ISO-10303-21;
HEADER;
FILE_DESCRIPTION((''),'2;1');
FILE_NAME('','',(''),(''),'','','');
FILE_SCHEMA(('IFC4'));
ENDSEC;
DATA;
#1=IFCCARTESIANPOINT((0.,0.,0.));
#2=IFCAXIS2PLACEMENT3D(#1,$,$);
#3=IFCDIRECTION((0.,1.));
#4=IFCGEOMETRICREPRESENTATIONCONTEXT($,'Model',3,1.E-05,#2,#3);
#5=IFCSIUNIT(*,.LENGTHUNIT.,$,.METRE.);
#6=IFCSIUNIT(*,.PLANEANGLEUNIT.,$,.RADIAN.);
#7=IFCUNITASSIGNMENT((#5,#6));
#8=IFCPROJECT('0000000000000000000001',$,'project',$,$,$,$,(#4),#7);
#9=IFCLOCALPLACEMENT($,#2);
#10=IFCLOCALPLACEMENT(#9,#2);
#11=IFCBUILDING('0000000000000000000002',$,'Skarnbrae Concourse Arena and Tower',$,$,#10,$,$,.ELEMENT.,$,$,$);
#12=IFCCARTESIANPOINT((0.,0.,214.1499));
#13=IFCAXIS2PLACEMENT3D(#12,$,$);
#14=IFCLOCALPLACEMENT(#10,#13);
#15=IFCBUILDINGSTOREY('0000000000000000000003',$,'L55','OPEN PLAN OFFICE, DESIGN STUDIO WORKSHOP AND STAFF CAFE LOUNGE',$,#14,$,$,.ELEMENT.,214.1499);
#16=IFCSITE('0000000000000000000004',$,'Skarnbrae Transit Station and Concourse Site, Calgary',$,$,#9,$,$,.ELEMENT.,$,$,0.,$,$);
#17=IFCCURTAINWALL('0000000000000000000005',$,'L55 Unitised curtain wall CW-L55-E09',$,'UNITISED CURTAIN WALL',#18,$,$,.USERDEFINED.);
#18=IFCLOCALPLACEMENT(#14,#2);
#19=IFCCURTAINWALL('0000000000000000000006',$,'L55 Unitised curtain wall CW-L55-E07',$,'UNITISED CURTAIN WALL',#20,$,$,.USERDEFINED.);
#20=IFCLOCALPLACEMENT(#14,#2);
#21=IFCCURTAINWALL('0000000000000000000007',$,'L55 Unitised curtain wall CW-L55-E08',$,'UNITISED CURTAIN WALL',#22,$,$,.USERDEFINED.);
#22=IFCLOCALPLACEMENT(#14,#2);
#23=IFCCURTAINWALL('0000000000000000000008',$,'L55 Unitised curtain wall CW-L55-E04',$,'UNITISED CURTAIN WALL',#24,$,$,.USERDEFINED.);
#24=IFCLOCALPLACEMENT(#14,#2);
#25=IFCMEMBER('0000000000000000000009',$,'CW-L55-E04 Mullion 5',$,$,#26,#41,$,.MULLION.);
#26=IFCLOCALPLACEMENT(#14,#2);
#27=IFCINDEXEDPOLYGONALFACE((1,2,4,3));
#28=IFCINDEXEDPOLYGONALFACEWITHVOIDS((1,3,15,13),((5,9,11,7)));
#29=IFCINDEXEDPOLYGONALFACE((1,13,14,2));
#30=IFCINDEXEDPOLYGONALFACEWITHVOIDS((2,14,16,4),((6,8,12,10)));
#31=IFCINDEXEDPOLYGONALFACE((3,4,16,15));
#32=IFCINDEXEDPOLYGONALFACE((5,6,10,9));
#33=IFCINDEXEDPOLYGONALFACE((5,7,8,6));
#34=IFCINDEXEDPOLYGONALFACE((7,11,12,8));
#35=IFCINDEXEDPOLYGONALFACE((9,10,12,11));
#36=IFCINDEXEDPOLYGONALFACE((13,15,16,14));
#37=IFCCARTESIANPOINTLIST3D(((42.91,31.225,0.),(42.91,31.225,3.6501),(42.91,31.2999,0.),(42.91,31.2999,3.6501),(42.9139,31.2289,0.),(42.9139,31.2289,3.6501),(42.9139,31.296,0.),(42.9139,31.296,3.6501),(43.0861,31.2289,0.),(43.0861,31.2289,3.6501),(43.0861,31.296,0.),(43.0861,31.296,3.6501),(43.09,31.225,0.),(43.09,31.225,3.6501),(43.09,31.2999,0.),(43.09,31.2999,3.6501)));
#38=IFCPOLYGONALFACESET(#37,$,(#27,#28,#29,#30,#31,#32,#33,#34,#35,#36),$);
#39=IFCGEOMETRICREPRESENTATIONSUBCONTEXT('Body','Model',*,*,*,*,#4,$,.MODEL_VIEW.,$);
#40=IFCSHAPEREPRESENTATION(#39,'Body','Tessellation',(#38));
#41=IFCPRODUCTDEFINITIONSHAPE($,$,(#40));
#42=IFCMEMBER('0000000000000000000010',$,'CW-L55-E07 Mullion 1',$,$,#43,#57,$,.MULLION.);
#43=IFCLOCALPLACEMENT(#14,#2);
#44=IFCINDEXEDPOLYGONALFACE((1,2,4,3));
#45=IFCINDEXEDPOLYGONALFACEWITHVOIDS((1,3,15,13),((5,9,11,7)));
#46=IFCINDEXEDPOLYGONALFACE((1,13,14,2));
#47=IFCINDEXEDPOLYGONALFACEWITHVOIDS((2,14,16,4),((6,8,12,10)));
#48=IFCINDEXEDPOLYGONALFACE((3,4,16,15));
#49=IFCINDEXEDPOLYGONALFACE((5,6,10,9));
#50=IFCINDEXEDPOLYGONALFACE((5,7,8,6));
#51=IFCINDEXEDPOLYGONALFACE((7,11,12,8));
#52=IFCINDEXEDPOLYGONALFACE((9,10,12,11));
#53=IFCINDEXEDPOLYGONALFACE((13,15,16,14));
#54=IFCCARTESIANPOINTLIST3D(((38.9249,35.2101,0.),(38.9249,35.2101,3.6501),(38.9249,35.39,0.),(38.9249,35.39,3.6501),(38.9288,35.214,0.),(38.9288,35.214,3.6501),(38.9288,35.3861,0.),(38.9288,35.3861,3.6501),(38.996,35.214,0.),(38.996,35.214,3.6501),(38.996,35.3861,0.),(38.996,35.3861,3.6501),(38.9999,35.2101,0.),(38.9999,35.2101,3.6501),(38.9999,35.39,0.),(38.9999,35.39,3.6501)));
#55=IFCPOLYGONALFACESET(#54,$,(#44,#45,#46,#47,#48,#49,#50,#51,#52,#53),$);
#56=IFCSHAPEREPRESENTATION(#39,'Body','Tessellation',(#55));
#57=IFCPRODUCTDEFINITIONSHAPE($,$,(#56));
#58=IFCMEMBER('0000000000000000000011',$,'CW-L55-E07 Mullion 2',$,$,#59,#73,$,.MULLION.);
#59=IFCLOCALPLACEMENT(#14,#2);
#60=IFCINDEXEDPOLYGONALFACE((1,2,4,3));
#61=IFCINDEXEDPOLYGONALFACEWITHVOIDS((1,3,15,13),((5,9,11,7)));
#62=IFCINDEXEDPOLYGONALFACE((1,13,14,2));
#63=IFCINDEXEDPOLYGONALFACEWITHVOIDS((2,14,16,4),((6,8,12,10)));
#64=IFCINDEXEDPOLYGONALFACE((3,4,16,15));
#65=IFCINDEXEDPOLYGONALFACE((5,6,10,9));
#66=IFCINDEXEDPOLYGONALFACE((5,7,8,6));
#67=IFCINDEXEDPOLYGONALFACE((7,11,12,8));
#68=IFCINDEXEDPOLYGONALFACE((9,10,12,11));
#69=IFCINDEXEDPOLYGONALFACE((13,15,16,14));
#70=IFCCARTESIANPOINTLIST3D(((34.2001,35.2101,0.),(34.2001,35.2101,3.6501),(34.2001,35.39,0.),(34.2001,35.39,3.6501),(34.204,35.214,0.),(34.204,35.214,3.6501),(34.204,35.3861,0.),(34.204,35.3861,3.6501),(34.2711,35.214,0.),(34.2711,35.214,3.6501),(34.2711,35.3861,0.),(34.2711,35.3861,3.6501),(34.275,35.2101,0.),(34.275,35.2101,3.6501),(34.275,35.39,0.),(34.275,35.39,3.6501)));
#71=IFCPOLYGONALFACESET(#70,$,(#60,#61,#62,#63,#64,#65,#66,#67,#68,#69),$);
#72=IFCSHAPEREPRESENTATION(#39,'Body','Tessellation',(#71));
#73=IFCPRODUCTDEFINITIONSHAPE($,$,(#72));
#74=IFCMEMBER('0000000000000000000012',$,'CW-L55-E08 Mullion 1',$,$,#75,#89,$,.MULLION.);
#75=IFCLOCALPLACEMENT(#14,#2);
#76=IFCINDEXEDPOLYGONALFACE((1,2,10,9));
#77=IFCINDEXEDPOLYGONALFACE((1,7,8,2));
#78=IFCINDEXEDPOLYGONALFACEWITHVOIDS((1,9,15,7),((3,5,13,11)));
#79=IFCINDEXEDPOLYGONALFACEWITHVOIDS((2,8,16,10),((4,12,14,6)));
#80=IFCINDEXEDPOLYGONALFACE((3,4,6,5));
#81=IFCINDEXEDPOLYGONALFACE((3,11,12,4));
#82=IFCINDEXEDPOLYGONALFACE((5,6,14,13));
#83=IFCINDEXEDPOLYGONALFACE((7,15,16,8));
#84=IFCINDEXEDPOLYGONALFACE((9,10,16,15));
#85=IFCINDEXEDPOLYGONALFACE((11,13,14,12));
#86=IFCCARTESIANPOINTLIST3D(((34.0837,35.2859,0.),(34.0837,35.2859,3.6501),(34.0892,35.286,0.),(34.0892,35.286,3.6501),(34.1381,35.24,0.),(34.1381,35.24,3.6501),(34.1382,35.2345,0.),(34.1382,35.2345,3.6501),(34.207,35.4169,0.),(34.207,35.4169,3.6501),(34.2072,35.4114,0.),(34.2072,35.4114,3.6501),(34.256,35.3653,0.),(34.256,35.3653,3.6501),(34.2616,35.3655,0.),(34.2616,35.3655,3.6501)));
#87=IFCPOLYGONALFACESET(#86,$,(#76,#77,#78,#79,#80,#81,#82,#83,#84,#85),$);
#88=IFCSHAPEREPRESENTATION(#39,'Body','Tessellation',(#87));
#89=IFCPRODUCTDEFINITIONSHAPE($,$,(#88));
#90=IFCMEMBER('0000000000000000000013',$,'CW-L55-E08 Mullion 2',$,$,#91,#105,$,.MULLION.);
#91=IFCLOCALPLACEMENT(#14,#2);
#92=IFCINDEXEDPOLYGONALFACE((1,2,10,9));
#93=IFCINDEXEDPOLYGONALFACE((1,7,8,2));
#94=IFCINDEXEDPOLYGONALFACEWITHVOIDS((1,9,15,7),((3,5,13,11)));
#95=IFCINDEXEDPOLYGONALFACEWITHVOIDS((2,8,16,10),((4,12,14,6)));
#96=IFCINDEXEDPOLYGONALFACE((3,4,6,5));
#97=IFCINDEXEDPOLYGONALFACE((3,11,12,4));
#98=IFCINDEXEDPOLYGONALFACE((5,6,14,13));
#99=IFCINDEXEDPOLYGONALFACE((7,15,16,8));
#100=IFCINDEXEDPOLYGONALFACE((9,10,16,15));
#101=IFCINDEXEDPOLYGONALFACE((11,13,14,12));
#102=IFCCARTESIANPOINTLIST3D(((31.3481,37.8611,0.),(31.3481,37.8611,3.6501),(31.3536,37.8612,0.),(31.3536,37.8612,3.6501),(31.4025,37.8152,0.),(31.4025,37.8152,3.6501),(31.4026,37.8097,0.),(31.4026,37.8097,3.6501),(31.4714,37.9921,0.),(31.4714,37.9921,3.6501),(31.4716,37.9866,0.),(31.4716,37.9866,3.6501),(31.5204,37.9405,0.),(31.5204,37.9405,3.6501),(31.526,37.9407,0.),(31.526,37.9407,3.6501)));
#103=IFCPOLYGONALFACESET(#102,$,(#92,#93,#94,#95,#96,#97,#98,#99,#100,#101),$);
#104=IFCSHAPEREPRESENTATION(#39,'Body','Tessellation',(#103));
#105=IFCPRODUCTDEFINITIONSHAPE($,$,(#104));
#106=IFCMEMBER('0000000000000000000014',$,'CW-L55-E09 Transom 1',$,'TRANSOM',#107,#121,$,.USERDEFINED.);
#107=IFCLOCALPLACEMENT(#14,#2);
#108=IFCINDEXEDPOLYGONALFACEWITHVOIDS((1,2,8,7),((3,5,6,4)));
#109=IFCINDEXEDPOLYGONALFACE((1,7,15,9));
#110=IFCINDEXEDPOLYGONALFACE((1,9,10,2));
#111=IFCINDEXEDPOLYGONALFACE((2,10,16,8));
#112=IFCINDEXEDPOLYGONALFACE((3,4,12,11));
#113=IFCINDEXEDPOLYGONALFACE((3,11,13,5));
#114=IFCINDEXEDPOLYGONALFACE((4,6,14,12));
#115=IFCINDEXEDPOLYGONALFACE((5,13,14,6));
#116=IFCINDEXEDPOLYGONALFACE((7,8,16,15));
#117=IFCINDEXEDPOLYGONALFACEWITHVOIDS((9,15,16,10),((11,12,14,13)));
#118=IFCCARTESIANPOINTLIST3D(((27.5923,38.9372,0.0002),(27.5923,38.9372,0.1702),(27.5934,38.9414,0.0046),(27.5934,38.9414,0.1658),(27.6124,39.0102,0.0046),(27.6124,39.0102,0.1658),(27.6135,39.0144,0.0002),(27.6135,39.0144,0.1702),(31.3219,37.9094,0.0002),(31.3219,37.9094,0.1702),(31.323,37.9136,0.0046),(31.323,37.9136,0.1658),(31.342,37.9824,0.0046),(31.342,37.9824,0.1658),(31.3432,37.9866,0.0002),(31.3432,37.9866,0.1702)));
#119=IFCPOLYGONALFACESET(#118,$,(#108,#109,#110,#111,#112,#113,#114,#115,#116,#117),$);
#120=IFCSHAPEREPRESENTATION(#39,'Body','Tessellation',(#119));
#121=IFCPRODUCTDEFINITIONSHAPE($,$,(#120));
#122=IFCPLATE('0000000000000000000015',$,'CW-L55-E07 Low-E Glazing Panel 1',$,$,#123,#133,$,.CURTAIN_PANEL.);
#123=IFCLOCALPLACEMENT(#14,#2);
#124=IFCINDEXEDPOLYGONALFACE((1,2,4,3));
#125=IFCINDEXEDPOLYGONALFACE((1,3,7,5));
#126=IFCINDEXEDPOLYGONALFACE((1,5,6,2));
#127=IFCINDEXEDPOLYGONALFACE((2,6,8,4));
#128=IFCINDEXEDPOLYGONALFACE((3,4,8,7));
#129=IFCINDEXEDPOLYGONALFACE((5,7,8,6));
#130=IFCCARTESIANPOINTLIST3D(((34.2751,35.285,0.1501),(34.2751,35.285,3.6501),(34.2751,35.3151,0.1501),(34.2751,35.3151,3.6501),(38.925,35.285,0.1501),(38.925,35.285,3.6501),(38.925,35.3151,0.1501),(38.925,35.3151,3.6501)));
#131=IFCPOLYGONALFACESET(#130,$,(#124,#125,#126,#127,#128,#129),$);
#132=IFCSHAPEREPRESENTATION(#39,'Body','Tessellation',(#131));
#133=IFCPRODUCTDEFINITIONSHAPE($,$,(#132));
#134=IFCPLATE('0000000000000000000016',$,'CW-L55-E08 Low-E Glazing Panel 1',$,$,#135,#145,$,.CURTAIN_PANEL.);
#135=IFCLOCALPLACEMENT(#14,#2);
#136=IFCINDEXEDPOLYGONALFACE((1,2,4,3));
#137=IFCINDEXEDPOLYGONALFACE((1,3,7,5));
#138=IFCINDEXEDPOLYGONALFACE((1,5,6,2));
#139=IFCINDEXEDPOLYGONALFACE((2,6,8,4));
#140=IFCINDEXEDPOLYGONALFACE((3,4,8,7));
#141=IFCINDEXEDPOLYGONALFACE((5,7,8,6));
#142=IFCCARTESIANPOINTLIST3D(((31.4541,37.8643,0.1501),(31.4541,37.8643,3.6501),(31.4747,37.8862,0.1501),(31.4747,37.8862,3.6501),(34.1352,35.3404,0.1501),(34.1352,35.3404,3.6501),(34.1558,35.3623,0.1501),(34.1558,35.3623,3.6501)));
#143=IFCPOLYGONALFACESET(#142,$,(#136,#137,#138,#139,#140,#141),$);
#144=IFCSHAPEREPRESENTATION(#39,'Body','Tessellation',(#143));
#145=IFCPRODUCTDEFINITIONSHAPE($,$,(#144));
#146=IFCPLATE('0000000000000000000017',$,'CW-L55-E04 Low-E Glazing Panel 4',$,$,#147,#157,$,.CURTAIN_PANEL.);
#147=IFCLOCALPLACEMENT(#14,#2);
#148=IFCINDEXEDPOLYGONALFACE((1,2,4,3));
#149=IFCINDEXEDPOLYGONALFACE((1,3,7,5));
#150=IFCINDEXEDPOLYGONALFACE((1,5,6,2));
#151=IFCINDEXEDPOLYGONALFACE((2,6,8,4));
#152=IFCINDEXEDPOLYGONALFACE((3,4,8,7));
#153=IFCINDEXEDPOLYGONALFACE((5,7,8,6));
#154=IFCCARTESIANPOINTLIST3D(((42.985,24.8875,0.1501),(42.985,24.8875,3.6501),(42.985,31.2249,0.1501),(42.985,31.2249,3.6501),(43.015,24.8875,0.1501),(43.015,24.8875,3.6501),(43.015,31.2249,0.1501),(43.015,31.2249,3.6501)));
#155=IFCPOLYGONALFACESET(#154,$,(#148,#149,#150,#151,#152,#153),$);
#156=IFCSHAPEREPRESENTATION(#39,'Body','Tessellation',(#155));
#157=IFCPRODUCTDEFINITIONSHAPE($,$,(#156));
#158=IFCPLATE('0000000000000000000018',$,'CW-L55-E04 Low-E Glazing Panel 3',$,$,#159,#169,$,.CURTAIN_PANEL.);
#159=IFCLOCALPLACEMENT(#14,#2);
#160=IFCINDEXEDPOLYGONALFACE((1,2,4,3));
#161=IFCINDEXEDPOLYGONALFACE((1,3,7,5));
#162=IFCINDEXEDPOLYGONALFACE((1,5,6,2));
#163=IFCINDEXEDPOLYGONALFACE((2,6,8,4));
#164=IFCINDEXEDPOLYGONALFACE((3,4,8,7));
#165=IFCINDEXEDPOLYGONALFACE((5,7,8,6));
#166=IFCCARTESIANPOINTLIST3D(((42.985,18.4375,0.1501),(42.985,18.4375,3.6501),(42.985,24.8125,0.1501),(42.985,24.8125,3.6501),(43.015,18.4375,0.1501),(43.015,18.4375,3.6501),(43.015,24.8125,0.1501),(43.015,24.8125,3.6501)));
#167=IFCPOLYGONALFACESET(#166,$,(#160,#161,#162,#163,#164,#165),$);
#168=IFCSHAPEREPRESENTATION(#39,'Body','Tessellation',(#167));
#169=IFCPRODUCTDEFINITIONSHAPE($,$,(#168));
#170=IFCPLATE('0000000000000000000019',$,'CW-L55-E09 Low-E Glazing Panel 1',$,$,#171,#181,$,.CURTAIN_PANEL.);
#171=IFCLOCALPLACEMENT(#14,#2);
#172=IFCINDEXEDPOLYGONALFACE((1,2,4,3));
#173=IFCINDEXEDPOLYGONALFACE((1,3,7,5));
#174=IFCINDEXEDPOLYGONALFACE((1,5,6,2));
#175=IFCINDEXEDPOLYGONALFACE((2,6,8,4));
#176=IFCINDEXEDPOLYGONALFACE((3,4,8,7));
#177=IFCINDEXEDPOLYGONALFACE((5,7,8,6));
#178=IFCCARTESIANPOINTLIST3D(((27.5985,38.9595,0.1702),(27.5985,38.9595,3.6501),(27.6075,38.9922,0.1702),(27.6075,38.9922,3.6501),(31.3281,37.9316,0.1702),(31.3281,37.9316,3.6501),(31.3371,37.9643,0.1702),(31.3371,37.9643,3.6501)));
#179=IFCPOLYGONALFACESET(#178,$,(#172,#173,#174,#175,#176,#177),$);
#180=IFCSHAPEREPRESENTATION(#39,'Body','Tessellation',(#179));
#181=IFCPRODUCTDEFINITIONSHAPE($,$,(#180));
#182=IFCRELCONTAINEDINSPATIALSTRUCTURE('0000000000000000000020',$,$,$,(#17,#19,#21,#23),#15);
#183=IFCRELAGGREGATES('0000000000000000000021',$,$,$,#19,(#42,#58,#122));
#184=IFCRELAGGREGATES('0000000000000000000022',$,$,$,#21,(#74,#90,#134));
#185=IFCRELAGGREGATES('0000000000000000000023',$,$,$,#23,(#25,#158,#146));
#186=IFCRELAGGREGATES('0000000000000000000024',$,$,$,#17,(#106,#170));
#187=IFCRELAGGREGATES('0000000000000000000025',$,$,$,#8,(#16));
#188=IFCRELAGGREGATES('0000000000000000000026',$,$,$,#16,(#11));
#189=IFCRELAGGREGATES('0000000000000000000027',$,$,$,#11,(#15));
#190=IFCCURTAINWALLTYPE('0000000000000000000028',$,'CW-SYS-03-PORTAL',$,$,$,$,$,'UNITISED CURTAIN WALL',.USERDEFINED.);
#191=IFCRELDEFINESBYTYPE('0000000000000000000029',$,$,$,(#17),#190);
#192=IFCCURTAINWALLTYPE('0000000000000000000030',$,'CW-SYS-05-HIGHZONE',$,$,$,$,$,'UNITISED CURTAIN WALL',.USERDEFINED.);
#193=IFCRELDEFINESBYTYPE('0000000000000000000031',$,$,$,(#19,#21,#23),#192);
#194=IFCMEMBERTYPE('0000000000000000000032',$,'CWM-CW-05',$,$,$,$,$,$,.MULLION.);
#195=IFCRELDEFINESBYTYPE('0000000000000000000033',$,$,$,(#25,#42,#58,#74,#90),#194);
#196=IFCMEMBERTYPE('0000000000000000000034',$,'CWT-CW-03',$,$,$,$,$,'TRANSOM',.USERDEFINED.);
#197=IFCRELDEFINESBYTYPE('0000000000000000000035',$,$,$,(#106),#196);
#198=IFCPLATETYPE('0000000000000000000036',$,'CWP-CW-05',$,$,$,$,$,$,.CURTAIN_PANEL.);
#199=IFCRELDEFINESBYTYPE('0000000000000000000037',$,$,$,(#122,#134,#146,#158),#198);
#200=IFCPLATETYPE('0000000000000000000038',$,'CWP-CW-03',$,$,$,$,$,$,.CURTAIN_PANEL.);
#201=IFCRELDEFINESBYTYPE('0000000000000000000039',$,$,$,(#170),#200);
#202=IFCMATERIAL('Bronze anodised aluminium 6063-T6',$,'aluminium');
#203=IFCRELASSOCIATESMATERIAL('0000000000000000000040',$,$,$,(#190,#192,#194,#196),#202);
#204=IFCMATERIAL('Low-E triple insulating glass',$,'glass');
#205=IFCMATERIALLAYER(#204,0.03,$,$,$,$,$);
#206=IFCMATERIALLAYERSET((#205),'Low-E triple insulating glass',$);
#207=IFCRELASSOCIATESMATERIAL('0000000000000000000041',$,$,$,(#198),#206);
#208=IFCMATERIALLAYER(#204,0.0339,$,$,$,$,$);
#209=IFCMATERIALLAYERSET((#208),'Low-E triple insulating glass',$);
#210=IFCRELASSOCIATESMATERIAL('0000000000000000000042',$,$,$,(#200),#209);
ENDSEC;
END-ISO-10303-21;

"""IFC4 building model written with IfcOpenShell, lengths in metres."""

from ifc_helpers import new_model, si_unit, direction, frame, origin, origin_2d, place, context, subcontext, project, spatial, rectangle, hollow_rectangle, extrude, source, transform, mapped, material, layer, layer_set, material_profile, profile_set, type_object, element, aggregate, save


model = new_model("IFC4")

# Units and contexts
model_context = context("Model", 3, precision=1e-05, world=origin(), true_north=direction((0.0, 1.0)))
body_context = subcontext(model_context, "Body", "Model", "MODEL_VIEW")
ifc_project = project(units=[si_unit("LENGTHUNIT", "METRE"), si_unit("PLANEANGLEUNIT", "RADIAN")], contexts=[model_context])

# Site, building, storey
site_placement = place(None, origin())
site = spatial("IfcSite", under=ifc_project, at=site_placement, Name="Skarnbrae Transit Station and Concourse Site, Calgary", CompositionType="ELEMENT", RefElevation=0.0)
building_placement = place(site_placement, origin())
building = spatial("IfcBuilding", under=site, at=building_placement, Name="Skarnbrae Concourse Arena and Tower", CompositionType="ELEMENT")
storey_placement = place(building_placement, frame((0.0, 0.0, 214.1499)))
storey = spatial("IfcBuildingStorey", under=building, at=storey_placement, Name="L55", Description="OPEN PLAN OFFICE, DESIGN STUDIO WORKSHOP AND STAFF CAFE LOUNGE", CompositionType="ELEMENT", Elevation=214.1499)

# Curtain walls
ifc_material_1 = material(Name="Bronze anodised aluminium 6063-T6", Category="aluminium")
curtain_wall_type_1 = type_object("IfcCurtainWallType", Name="CW-SYS-03-PORTAL", ElementType="UNITISED CURTAIN WALL", PredefinedType="USERDEFINED", material=ifc_material_1)
curtain_wall_1_placement = place(storey_placement, origin())
curtain_wall_1 = element("IfcCurtainWall", 1, at=curtain_wall_1_placement, inside=storey, type_object=curtain_wall_type_1, Name="L55 Unitised curtain wall CW-L55-E09", ObjectType="UNITISED CURTAIN WALL", PredefinedType="USERDEFINED")
curtain_wall_type_2 = type_object("IfcCurtainWallType", Name="CW-SYS-05-HIGHZONE", ElementType="UNITISED CURTAIN WALL", PredefinedType="USERDEFINED", material=ifc_material_1)
curtain_wall_2_placement = place(storey_placement, origin())
curtain_wall_2 = element("IfcCurtainWall", 2, at=curtain_wall_2_placement, inside=storey, type_object=curtain_wall_type_2, Name="L55 Unitised curtain wall CW-L55-E07", ObjectType="UNITISED CURTAIN WALL", PredefinedType="USERDEFINED")
curtain_wall_3_placement = place(storey_placement, origin())
curtain_wall_3 = element("IfcCurtainWall", 3, at=curtain_wall_3_placement, inside=storey, type_object=curtain_wall_type_2, Name="L55 Unitised curtain wall CW-L55-E08", ObjectType="UNITISED CURTAIN WALL", PredefinedType="USERDEFINED")

# Curtain wall, member
curtain_wall_4_placement = place(storey_placement, origin())
curtain_wall_4 = element("IfcCurtainWall", 4, at=curtain_wall_4_placement, inside=storey, type_object=curtain_wall_type_2, Name="L55 Unitised curtain wall CW-L55-E04", ObjectType="UNITISED CURTAIN WALL", PredefinedType="USERDEFINED")
ifc_material_profile_1 = material_profile(ifc_material_1, hollow_rectangle(XDim=0.075, YDim=0.1799, WallThickness=0.0039, at=origin_2d()), Name="ALU-MULL-75X180")
ifc_profile_set_1 = profile_set([ifc_material_profile_1], Name="Bronze anodised aluminium 6063-T6")
member_type_1 = type_object("IfcMemberType", Name="CWM-CW-05", PredefinedType="MULLION", material=ifc_profile_set_1)
shared_shape_1 = source(origin(), body_context, "Body", "SweptSolid", [
    extrude(hollow_rectangle(XDim=0.075, YDim=0.1799, WallThickness=0.0039, at=origin_2d()), origin(), (0.0, 0.0, 1.0), 3.6501),
])
member_1_placement = place(storey_placement, frame((43.0, 31.2625, 0.0), z_axis=(0.0, 0.0, 1.0), x_axis=(0.0, 1.0, 0.0)))
member_1 = element("IfcMember", 5, at=member_1_placement, type_object=member_type_1, Name="CW-L55-E04 Mullion 5", PredefinedType="MULLION", context=body_context, shape_type="MappedRepresentation", body=[
    mapped(shared_shape_1, transform((0.0, 0.0, 0.0))),
])

# Members
member_2_placement = place(storey_placement, frame((38.9624, 35.3, 0.0), z_axis=(0.0, 0.0, 1.0), x_axis=(-1.0, 0.0, 0.0)))
member_2 = element("IfcMember", 6, at=member_2_placement, type_object=member_type_1, Name="CW-L55-E07 Mullion 1", PredefinedType="MULLION", context=body_context, shape_type="MappedRepresentation", body=[
    mapped(shared_shape_1, transform((0.0, 0.0, 0.0))),
])
member_3_placement = place(storey_placement, frame((34.2375, 35.3, 0.0), z_axis=(0.0, 0.0, 1.0), x_axis=(-1.0, 0.0, 0.0)))
member_3 = element("IfcMember", 7, at=member_3_placement, type_object=member_type_1, Name="CW-L55-E07 Mullion 2", PredefinedType="MULLION", context=body_context, shape_type="MappedRepresentation", body=[
    mapped(shared_shape_1, transform((0.0, 0.0, 0.0))),
])
member_4_placement = place(storey_placement, frame((34.1726, 35.3257, 0.0), z_axis=(0.0, 0.0, 1.0), x_axis=(-0.728131, 0.685438, 0.0)))
member_4 = element("IfcMember", 8, at=member_4_placement, type_object=member_type_1, Name="CW-L55-E08 Mullion 1", PredefinedType="MULLION", context=body_context, shape_type="MappedRepresentation", body=[
    mapped(shared_shape_1, transform((0.0, 0.0, 0.0))),
])
member_5_placement = place(storey_placement, frame((31.437, 37.9009, 0.0), z_axis=(0.0, 0.0, 1.0), x_axis=(-0.728131, 0.685438, 0.0)))
member_5 = element("IfcMember", 9, at=member_5_placement, type_object=member_type_1, Name="CW-L55-E08 Mullion 2", PredefinedType="MULLION", context=body_context, shape_type="MappedRepresentation", body=[
    mapped(shared_shape_1, transform((0.0, 0.0, 0.0))),
])
ifc_material_profile_2 = material_profile(ifc_material_1, hollow_rectangle(XDim=0.0801, YDim=0.1699, WallThickness=0.0044, at=origin_2d()), Name="ALU-TRAN-80X170")
ifc_profile_set_2 = profile_set([ifc_material_profile_2], Name="Bronze anodised aluminium 6063-T6")
member_type_2 = type_object("IfcMemberType", Name="CWT-CW-03", ElementType="TRANSOM", PredefinedType="USERDEFINED", material=ifc_profile_set_2)
shared_shape_2 = source(origin(), body_context, "Body", "SweptSolid", [
    extrude(hollow_rectangle(XDim=0.0801, YDim=0.1699, WallThickness=0.0044, at=origin_2d()), origin(), (0.0, 0.0, 1.0), 3.8687),
])
member_6_placement = place(storey_placement, frame((31.3325, 37.948, 0.0852), z_axis=(-0.964063, 0.265674, 0.0), x_axis=(-0.265674, -0.964063, 0.0)))
member_6 = element("IfcMember", 10, at=member_6_placement, type_object=member_type_2, Name="CW-L55-E09 Transom 1", ObjectType="TRANSOM", PredefinedType="USERDEFINED", context=body_context, shape_type="MappedRepresentation", body=[
    mapped(shared_shape_2, transform((0.0, 0.0, 0.0))),
])

# Plates
ifc_material_2 = material(Name="Low-E triple insulating glass", Category="glass")
ifc_layer_1 = layer(ifc_material_2, 0.03)
ifc_layer_set_1 = layer_set([ifc_layer_1], Name="Low-E triple insulating glass")
plate_type_1 = type_object("IfcPlateType", Name="CWP-CW-05", PredefinedType="CURTAIN_PANEL", material=ifc_layer_set_1)
shared_shape_3 = source(origin(), body_context, "Body", "SweptSolid", [
    extrude(rectangle(XDim=4.6499, YDim=0.03, at=origin_2d()), origin(), (0.0, 0.0, 1.0), 3.5),
])
plate_1_placement = place(storey_placement, frame((36.6001, 35.3, 0.1501), z_axis=(0.0, 0.0, 1.0), x_axis=(-1.0, 0.0, 0.0)))
plate_1 = element("IfcPlate", 11, at=plate_1_placement, type_object=plate_type_1, Name="CW-L55-E07 Low-E Glazing Panel 1", PredefinedType="CURTAIN_PANEL", context=body_context, shape_type="MappedRepresentation", body=[
    mapped(shared_shape_3, transform((0.0, 0.0, 0.0))),
])
aggregate(curtain_wall_2, [member_2, member_3, plate_1])
shared_shape_4 = source(origin(), body_context, "Body", "SweptSolid", [
    extrude(rectangle(XDim=3.6821, YDim=0.03, at=origin_2d()), origin(), (0.0, 0.0, 1.0), 3.5),
])
plate_2_placement = place(storey_placement, frame((32.8049, 36.6133, 0.1501), z_axis=(0.0, 0.0, 1.0), x_axis=(-0.728131, 0.685438, 0.0)))
plate_2 = element("IfcPlate", 12, at=plate_2_placement, type_object=plate_type_1, Name="CW-L55-E08 Low-E Glazing Panel 1", PredefinedType="CURTAIN_PANEL", context=body_context, shape_type="MappedRepresentation", body=[
    mapped(shared_shape_4, transform((0.0, 0.0, 0.0))),
])
aggregate(curtain_wall_3, [member_4, member_5, plate_2])
shared_shape_5 = source(origin(), body_context, "Body", "SweptSolid", [
    extrude(rectangle(XDim=6.3374, YDim=0.03, at=origin_2d()), origin(), (0.0, 0.0, 1.0), 3.5),
])
plate_3_placement = place(storey_placement, frame((43.0, 28.0562, 0.1501), z_axis=(0.0, 0.0, 1.0), x_axis=(0.0, 1.0, 0.0)))
plate_3 = element("IfcPlate", 13, at=plate_3_placement, type_object=plate_type_1, Name="CW-L55-E04 Low-E Glazing Panel 4", PredefinedType="CURTAIN_PANEL", context=body_context, shape_type="MappedRepresentation", body=[
    mapped(shared_shape_5, transform((0.0, 0.0, 0.0))),
])
shared_shape_6 = source(origin(), body_context, "Body", "SweptSolid", [
    extrude(rectangle(XDim=6.375, YDim=0.03, at=origin_2d()), origin(), (0.0, 0.0, 1.0), 3.5),
])
plate_4_placement = place(storey_placement, frame((43.0, 21.625, 0.1501), z_axis=(0.0, 0.0, 1.0), x_axis=(0.0, 1.0, 0.0)))
plate_4 = element("IfcPlate", 14, at=plate_4_placement, type_object=plate_type_1, Name="CW-L55-E04 Low-E Glazing Panel 3", PredefinedType="CURTAIN_PANEL", context=body_context, shape_type="MappedRepresentation", body=[
    mapped(shared_shape_6, transform((0.0, 0.0, 0.0))),
])
aggregate(curtain_wall_4, [member_1, plate_4, plate_3])
ifc_layer_2 = layer(ifc_material_2, 0.0339)
ifc_layer_set_2 = layer_set([ifc_layer_2], Name="Low-E triple insulating glass")
plate_type_2 = type_object("IfcPlateType", Name="CWP-CW-03", PredefinedType="CURTAIN_PANEL", material=ifc_layer_set_2)
shared_shape_7 = source(origin(), body_context, "Body", "SweptSolid", [
    extrude(rectangle(XDim=3.8687, YDim=0.0339, at=origin_2d()), origin(), (0.0, 0.0, 1.0), 3.48),
])
plate_5_placement = place(storey_placement, frame((29.4678, 38.4619, 0.1702), z_axis=(0.0, 0.0, 1.0), x_axis=(-0.964057, 0.265694, 0.0)))
plate_5 = element("IfcPlate", 15, at=plate_5_placement, type_object=plate_type_2, Name="CW-L55-E09 Low-E Glazing Panel 1", PredefinedType="CURTAIN_PANEL", context=body_context, shape_type="MappedRepresentation", body=[
    mapped(shared_shape_7, transform((0.0, 0.0, 0.0))),
])
aggregate(curtain_wall_1, [member_6, plate_5])

save(model, "model.ifc")
